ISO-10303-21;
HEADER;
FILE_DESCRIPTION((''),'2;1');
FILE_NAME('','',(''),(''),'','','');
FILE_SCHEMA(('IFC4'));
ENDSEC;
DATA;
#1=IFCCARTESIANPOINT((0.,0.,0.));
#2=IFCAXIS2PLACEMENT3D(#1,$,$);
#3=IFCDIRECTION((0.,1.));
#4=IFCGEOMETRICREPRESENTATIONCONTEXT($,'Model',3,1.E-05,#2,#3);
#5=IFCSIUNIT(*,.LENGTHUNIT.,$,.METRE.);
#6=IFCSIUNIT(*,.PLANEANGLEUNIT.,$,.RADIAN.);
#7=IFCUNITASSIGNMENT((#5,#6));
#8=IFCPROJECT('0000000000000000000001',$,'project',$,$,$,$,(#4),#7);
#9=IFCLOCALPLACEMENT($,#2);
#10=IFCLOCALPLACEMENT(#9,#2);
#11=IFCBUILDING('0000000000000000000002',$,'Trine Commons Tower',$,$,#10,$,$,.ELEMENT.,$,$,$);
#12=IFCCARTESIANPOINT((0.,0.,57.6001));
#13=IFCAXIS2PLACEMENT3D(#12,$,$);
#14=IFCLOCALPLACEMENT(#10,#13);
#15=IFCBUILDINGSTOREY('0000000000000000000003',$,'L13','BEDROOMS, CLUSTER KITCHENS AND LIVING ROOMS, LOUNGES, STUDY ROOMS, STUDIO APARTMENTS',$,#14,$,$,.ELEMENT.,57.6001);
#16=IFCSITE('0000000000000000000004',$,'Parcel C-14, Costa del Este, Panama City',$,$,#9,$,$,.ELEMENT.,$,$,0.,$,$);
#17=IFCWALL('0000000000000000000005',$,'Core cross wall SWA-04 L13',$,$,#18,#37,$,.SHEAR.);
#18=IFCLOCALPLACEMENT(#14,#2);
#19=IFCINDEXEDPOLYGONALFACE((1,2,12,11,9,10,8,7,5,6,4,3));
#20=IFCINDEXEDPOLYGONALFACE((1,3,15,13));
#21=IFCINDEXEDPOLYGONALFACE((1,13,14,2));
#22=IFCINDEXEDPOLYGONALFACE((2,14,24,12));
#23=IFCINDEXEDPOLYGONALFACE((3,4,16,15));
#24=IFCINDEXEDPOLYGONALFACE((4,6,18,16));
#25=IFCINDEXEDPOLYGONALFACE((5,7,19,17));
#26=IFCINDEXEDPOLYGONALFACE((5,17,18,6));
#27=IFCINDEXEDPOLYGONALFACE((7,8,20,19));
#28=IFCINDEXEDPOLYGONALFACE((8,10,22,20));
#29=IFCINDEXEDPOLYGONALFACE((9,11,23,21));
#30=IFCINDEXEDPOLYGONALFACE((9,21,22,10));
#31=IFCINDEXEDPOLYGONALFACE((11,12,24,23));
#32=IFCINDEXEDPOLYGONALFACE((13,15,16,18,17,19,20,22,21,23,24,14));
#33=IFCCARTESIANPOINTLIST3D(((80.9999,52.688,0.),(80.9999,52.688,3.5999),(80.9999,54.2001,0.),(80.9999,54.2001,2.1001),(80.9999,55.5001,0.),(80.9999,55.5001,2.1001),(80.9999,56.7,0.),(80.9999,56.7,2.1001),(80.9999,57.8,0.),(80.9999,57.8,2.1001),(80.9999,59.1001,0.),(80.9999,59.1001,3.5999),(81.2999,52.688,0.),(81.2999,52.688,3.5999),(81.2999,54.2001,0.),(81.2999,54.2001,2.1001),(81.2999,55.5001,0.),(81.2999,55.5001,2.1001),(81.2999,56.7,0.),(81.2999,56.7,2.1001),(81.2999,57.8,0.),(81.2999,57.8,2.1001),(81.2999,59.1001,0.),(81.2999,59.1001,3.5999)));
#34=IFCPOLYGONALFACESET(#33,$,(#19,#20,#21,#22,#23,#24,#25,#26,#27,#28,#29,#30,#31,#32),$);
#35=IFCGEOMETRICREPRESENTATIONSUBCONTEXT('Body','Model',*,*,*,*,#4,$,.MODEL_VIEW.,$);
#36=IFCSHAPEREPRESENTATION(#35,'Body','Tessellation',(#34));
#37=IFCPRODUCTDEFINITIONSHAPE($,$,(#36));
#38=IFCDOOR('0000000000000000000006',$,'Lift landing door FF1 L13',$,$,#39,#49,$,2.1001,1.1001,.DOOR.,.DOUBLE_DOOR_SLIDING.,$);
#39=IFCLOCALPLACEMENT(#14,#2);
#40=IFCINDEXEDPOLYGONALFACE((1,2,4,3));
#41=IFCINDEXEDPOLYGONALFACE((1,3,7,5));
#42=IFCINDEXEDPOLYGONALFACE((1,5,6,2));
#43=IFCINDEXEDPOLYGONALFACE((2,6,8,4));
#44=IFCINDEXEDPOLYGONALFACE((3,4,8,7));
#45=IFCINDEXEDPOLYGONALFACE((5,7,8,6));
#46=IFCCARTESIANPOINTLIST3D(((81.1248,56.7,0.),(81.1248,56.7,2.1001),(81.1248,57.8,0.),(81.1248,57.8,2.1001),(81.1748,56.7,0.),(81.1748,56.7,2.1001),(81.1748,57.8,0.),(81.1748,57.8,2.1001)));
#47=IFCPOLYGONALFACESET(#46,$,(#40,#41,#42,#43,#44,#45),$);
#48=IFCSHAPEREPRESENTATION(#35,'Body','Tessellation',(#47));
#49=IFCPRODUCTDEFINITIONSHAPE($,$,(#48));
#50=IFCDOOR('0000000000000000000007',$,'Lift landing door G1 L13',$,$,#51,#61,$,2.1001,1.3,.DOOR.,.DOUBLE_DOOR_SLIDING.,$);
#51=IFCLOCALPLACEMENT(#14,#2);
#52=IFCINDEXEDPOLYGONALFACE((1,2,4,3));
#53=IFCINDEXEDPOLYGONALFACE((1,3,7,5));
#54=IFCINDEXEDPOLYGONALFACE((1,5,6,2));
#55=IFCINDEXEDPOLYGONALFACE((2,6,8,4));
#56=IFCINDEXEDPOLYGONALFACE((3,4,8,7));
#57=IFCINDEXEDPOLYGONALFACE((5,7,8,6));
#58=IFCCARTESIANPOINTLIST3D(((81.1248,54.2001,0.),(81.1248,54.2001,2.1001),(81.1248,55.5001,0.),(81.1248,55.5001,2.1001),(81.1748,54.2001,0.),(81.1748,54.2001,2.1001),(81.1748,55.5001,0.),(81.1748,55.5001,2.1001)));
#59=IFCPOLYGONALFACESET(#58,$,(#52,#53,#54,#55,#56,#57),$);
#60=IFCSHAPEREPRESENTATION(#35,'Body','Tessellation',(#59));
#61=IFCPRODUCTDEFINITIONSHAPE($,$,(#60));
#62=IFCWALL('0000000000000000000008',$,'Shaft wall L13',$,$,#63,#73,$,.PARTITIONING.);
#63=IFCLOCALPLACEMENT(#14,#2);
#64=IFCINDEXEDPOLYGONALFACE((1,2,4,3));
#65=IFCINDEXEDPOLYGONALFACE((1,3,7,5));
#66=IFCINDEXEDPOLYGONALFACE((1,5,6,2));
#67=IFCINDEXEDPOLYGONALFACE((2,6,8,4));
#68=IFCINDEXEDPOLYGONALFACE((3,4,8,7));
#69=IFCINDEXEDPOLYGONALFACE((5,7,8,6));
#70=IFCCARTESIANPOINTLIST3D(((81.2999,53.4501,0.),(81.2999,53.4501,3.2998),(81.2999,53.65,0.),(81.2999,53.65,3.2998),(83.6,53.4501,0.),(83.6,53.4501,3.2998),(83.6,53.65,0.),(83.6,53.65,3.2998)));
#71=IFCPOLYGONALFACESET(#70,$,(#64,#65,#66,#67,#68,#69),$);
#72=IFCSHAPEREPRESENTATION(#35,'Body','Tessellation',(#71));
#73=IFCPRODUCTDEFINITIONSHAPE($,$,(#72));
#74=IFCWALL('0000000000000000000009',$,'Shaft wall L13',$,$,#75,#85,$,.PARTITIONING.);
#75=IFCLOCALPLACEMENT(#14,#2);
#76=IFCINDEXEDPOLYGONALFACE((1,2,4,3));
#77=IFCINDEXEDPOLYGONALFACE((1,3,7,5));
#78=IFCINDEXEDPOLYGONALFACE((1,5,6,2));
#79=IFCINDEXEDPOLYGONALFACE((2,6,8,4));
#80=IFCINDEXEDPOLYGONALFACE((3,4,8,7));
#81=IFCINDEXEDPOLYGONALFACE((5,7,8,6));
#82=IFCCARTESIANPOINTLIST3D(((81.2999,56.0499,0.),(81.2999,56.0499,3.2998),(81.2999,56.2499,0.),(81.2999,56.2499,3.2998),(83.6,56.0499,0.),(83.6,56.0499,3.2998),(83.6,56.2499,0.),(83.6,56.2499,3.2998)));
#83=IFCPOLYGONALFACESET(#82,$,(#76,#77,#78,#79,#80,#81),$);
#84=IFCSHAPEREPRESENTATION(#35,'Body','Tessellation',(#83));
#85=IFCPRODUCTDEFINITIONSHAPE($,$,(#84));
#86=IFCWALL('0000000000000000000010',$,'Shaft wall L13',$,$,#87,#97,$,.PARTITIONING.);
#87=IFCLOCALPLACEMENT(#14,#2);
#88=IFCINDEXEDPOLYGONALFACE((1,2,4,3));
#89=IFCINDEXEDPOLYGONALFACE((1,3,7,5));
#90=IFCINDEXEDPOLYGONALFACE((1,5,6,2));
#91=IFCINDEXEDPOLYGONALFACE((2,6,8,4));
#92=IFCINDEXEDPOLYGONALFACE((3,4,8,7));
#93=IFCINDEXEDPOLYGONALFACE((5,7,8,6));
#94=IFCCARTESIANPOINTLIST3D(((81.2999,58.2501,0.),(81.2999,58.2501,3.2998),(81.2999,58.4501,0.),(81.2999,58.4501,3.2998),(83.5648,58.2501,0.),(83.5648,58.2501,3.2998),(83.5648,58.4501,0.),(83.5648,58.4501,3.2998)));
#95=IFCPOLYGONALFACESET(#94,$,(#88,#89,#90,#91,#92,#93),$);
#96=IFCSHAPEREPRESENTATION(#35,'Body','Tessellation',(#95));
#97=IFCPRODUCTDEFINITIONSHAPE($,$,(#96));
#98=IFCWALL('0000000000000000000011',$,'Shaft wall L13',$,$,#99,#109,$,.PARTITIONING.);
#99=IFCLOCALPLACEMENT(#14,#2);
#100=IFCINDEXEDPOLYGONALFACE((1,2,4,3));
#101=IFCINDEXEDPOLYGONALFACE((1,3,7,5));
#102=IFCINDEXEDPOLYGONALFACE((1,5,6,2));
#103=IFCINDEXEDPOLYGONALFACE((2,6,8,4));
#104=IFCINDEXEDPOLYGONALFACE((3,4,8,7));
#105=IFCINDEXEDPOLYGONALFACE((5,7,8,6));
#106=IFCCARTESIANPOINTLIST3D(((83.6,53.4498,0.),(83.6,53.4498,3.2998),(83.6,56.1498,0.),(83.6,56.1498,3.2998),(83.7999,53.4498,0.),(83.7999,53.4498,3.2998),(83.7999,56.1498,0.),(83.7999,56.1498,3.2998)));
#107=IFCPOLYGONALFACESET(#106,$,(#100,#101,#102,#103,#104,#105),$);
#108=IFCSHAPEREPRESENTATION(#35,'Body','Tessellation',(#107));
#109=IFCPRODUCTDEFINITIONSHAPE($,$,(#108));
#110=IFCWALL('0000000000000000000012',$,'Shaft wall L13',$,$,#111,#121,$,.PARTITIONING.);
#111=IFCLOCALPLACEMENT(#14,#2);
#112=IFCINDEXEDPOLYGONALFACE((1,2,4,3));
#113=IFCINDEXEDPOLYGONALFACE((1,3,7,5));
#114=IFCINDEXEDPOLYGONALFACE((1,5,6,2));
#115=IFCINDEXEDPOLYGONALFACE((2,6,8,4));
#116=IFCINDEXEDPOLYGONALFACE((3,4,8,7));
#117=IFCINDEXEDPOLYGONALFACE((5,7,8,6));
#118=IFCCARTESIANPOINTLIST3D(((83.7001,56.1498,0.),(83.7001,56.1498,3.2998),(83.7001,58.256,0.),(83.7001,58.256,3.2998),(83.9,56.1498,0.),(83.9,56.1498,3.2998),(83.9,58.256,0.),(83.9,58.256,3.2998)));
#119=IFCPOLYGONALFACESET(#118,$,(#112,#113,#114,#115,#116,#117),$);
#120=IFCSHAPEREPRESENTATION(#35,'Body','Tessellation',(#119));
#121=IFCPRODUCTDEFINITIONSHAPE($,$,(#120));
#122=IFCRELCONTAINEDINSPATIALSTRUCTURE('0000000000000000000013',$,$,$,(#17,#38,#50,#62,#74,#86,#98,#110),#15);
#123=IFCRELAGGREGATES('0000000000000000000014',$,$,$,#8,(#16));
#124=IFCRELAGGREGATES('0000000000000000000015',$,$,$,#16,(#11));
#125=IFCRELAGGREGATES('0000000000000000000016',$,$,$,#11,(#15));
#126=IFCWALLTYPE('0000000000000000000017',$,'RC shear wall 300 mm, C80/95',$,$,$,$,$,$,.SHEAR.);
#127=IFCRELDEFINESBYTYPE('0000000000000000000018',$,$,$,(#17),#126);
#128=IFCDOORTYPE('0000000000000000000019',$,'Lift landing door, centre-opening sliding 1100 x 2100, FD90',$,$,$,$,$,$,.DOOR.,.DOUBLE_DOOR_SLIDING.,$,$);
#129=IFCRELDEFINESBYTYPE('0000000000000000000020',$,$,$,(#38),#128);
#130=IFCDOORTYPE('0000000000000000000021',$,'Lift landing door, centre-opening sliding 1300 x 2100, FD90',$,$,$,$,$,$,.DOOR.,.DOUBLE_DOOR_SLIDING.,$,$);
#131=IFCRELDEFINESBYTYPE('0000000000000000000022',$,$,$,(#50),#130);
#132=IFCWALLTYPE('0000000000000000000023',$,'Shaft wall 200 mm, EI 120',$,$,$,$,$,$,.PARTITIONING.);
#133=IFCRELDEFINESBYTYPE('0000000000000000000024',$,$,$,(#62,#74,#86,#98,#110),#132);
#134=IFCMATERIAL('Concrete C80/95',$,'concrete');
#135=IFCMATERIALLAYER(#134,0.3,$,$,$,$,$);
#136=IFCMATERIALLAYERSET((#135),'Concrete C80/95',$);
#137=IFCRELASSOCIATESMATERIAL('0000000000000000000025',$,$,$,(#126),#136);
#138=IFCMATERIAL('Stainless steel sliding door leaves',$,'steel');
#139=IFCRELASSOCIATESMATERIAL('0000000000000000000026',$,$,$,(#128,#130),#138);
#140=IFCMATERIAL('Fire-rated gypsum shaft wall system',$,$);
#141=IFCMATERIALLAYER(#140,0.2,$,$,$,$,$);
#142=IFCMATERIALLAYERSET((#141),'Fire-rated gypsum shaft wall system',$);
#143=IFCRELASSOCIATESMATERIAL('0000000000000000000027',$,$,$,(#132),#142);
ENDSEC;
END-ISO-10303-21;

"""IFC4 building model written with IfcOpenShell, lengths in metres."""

from ifc_helpers import new_model, si_unit, direction, frame, frame_2d, origin, place, context, subcontext, project, spatial, rectangle, extrude, material, layer, layer_set, type_object, element, fill, save


model = new_model("IFC4")

# Units and contexts
model_context = context("Model", 3, precision=1e-05, world=origin(), true_north=direction((0.0, 1.0)))
body_context = subcontext(model_context, "Body", "Model", "MODEL_VIEW")
ifc_project = project(units=[si_unit("LENGTHUNIT", "METRE"), si_unit("PLANEANGLEUNIT", "RADIAN")], contexts=[model_context])

# Site, building, storey
site_placement = place(None, origin())
site = spatial("IfcSite", under=ifc_project, at=site_placement, Name="Parcel C-14, Costa del Este, Panama City", CompositionType="ELEMENT", RefElevation=0.0)
building_placement = place(site_placement, origin())
building = spatial("IfcBuilding", under=site, at=building_placement, Name="Trine Commons Tower", CompositionType="ELEMENT")
storey_placement = place(building_placement, frame((0.0, 0.0, 57.6001)))
storey = spatial("IfcBuildingStorey", under=building, at=storey_placement, Name="L13", Description="BEDROOMS, CLUSTER KITCHENS AND LIVING ROOMS, LOUNGES, STUDY ROOMS, STUDIO APARTMENTS", CompositionType="ELEMENT", Elevation=57.6001)

# Shared definitions
ifc_material_1 = material(Name="Fire-rated gypsum shaft wall system")

# Wall, openings, doors
ifc_material_2 = material(Name="Concrete C80/95", Category="concrete")
ifc_layer_1 = layer(ifc_material_2, 0.3)
ifc_layer_set_1 = layer_set([ifc_layer_1], Name="Concrete C80/95")
wall_type_1 = type_object("IfcWallType", Name="RC shear wall 300 mm, C80/95", PredefinedType="SHEAR", material=ifc_layer_set_1)
ifc_material_3 = material(Name="Stainless steel sliding door leaves", Category="steel")
door_type_1 = type_object("IfcDoorType", Name="Lift landing door, centre-opening sliding 1100 x 2100, FD90", OperationType="DOUBLE_DOOR_SLIDING", PredefinedType="DOOR", material=ifc_material_3)
wall_1_placement = place(storey_placement, frame((81.1499, 59.1001, 0.0), z_axis=(0.0, 0.0, 1.0), x_axis=(0.0, -1.0, 0.0)))
wall_1 = element("IfcWall", 1, at=wall_1_placement, inside=storey, type_object=wall_type_1, Name="Core cross wall SWA-04 L13", PredefinedType="SHEAR", context=body_context, shape_type="SweptSolid", body=[
    extrude(rectangle(XDim=6.4121, YDim=0.3, at=frame_2d((3.2061, 0.0))), origin(), (0.0, 0.0, 1.0), 3.5999),
])
opening_1_placement = place(wall_1_placement, frame((3.6001, 0.0, 0.0)))
opening_1 = element("IfcOpeningElement", 2, at=opening_1_placement, cuts=wall_1, PredefinedType="OPENING", context=body_context, shape_type="SweptSolid", body=[
    extrude(rectangle(XDim=1.3, YDim=2.1001, at=frame_2d((0.6499, 1.05))), frame((0.0, 0.1599, 0.0), z_axis=(0.0, -1.0, 0.0), x_axis=(1.0, 0.0, 0.0)), (0.0, 0.0, 1.0), 0.3201),
])
opening_2_placement = place(wall_1_placement, frame((1.3, 0.0, 0.0)))
opening_2 = element("IfcOpeningElement", 3, at=opening_2_placement, cuts=wall_1, PredefinedType="OPENING", context=body_context, shape_type="SweptSolid", body=[
    extrude(rectangle(XDim=1.1001, YDim=2.1001, at=frame_2d((0.55, 1.05))), frame((0.0, 0.1599, 0.0), z_axis=(0.0, -1.0, 0.0), x_axis=(1.0, 0.0, 0.0)), (0.0, 0.0, 1.0), 0.3201),
])
door_1_placement = place(opening_2_placement, origin())
door_1 = element("IfcDoor", 4, at=door_1_placement, inside=storey, type_object=door_type_1, Name="Lift landing door FF1 L13", OperationType="DOUBLE_DOOR_SLIDING", OverallHeight=2.1001, OverallWidth=1.1001, PredefinedType="DOOR", context=body_context, shape_type="SweptSolid", body=[
    extrude(rectangle(XDim=1.1001, YDim=2.1001, at=frame_2d((0.55, 1.05))), frame((0.0, 0.0249, 0.0), z_axis=(0.0, -1.0, 0.0), x_axis=(1.0, 0.0, 0.0)), (0.0, 0.0, 1.0), 0.05),
])
fill(opening_2, door_1)
door_type_2 = type_object("IfcDoorType", Name="Lift landing door, centre-opening sliding 1300 x 2100, FD90", OperationType="DOUBLE_DOOR_SLIDING", PredefinedType="DOOR", material=ifc_material_3)
door_2_placement = place(opening_1_placement, origin())
door_2 = element("IfcDoor", 5, at=door_2_placement, inside=storey, type_object=door_type_2, Name="Lift landing door G1 L13", OperationType="DOUBLE_DOOR_SLIDING", OverallHeight=2.1001, OverallWidth=1.3, PredefinedType="DOOR", context=body_context, shape_type="SweptSolid", body=[
    extrude(rectangle(XDim=1.3, YDim=2.1001, at=frame_2d((0.6499, 1.05))), frame((0.0, 0.0249, 0.0), z_axis=(0.0, -1.0, 0.0), x_axis=(1.0, 0.0, 0.0)), (0.0, 0.0, 1.0), 0.05),
])
fill(opening_1, door_2)

# Walls
ifc_layer_2 = layer(ifc_material_1, 0.2)
ifc_layer_set_2 = layer_set([ifc_layer_2], Name="Fire-rated gypsum shaft wall system")
wall_type_2 = type_object("IfcWallType", Name="Shaft wall 200 mm, EI 120", PredefinedType="PARTITIONING", material=ifc_layer_set_2)
for number, where, z_axis, x_axis, name in (
    (6, (81.3, 53.55, 0.0), (0.0, 0.0, 1.0), (1.0, 0.0, 0.0), "Shaft wall L13"),
    (7, (81.3, 56.1499, 0.0), (0.0, 0.0, 1.0), (1.0, 0.0, 0.0), "Shaft wall L13"),
):
    element("IfcWall", number, at=place(storey_placement, frame(where, z_axis=z_axis, x_axis=x_axis)), inside=storey, type_object=wall_type_2, Name=name, PredefinedType="PARTITIONING", context=body_context, shape_type="SweptSolid", body=[
        extrude(rectangle(XDim=2.3, YDim=0.2, at=frame_2d((1.1499, 0.0))), origin(), (0.0, 0.0, 1.0), 3.2998),
    ])
wall_2_placement = place(storey_placement, frame((81.3, 58.3501, 0.0), z_axis=(0.0, 0.0, 1.0), x_axis=(1.0, 0.0, 0.0)))
element("IfcWall", 8, at=wall_2_placement, inside=storey, type_object=wall_type_2, Name="Shaft wall L13", PredefinedType="PARTITIONING", context=body_context, shape_type="SweptSolid", body=[
    extrude(rectangle(XDim=2.2649, YDim=0.2, at=frame_2d((1.1323, 0.0))), origin(), (0.0, 0.0, 1.0), 3.2998),
])
wall_3_placement = place(storey_placement, frame((83.7, 56.1499, 0.0), z_axis=(0.0, 0.0, 1.0), x_axis=(0.0, -1.0, 0.0)))
element("IfcWall", 9, at=wall_3_placement, inside=storey, type_object=wall_type_2, Name="Shaft wall L13", PredefinedType="PARTITIONING", context=body_context, shape_type="SweptSolid", body=[
    extrude(rectangle(XDim=2.7, YDim=0.2, at=frame_2d((1.3501, 0.0))), origin(), (0.0, 0.0, 1.0), 3.2998),
])
wall_4_placement = place(storey_placement, frame((83.8, 58.2561, 0.0), z_axis=(0.0, 0.0, 1.0), x_axis=(0.0, -1.0, 0.0)))
element("IfcWall", 10, at=wall_4_placement, inside=storey, type_object=wall_type_2, Name="Shaft wall L13", PredefinedType="PARTITIONING", context=body_context, shape_type="SweptSolid", body=[
    extrude(rectangle(XDim=2.1062, YDim=0.2, at=frame_2d((1.0532, 0.0))), origin(), (0.0, 0.0, 1.0), 3.2998),
])

save(model, "model.ifc")
